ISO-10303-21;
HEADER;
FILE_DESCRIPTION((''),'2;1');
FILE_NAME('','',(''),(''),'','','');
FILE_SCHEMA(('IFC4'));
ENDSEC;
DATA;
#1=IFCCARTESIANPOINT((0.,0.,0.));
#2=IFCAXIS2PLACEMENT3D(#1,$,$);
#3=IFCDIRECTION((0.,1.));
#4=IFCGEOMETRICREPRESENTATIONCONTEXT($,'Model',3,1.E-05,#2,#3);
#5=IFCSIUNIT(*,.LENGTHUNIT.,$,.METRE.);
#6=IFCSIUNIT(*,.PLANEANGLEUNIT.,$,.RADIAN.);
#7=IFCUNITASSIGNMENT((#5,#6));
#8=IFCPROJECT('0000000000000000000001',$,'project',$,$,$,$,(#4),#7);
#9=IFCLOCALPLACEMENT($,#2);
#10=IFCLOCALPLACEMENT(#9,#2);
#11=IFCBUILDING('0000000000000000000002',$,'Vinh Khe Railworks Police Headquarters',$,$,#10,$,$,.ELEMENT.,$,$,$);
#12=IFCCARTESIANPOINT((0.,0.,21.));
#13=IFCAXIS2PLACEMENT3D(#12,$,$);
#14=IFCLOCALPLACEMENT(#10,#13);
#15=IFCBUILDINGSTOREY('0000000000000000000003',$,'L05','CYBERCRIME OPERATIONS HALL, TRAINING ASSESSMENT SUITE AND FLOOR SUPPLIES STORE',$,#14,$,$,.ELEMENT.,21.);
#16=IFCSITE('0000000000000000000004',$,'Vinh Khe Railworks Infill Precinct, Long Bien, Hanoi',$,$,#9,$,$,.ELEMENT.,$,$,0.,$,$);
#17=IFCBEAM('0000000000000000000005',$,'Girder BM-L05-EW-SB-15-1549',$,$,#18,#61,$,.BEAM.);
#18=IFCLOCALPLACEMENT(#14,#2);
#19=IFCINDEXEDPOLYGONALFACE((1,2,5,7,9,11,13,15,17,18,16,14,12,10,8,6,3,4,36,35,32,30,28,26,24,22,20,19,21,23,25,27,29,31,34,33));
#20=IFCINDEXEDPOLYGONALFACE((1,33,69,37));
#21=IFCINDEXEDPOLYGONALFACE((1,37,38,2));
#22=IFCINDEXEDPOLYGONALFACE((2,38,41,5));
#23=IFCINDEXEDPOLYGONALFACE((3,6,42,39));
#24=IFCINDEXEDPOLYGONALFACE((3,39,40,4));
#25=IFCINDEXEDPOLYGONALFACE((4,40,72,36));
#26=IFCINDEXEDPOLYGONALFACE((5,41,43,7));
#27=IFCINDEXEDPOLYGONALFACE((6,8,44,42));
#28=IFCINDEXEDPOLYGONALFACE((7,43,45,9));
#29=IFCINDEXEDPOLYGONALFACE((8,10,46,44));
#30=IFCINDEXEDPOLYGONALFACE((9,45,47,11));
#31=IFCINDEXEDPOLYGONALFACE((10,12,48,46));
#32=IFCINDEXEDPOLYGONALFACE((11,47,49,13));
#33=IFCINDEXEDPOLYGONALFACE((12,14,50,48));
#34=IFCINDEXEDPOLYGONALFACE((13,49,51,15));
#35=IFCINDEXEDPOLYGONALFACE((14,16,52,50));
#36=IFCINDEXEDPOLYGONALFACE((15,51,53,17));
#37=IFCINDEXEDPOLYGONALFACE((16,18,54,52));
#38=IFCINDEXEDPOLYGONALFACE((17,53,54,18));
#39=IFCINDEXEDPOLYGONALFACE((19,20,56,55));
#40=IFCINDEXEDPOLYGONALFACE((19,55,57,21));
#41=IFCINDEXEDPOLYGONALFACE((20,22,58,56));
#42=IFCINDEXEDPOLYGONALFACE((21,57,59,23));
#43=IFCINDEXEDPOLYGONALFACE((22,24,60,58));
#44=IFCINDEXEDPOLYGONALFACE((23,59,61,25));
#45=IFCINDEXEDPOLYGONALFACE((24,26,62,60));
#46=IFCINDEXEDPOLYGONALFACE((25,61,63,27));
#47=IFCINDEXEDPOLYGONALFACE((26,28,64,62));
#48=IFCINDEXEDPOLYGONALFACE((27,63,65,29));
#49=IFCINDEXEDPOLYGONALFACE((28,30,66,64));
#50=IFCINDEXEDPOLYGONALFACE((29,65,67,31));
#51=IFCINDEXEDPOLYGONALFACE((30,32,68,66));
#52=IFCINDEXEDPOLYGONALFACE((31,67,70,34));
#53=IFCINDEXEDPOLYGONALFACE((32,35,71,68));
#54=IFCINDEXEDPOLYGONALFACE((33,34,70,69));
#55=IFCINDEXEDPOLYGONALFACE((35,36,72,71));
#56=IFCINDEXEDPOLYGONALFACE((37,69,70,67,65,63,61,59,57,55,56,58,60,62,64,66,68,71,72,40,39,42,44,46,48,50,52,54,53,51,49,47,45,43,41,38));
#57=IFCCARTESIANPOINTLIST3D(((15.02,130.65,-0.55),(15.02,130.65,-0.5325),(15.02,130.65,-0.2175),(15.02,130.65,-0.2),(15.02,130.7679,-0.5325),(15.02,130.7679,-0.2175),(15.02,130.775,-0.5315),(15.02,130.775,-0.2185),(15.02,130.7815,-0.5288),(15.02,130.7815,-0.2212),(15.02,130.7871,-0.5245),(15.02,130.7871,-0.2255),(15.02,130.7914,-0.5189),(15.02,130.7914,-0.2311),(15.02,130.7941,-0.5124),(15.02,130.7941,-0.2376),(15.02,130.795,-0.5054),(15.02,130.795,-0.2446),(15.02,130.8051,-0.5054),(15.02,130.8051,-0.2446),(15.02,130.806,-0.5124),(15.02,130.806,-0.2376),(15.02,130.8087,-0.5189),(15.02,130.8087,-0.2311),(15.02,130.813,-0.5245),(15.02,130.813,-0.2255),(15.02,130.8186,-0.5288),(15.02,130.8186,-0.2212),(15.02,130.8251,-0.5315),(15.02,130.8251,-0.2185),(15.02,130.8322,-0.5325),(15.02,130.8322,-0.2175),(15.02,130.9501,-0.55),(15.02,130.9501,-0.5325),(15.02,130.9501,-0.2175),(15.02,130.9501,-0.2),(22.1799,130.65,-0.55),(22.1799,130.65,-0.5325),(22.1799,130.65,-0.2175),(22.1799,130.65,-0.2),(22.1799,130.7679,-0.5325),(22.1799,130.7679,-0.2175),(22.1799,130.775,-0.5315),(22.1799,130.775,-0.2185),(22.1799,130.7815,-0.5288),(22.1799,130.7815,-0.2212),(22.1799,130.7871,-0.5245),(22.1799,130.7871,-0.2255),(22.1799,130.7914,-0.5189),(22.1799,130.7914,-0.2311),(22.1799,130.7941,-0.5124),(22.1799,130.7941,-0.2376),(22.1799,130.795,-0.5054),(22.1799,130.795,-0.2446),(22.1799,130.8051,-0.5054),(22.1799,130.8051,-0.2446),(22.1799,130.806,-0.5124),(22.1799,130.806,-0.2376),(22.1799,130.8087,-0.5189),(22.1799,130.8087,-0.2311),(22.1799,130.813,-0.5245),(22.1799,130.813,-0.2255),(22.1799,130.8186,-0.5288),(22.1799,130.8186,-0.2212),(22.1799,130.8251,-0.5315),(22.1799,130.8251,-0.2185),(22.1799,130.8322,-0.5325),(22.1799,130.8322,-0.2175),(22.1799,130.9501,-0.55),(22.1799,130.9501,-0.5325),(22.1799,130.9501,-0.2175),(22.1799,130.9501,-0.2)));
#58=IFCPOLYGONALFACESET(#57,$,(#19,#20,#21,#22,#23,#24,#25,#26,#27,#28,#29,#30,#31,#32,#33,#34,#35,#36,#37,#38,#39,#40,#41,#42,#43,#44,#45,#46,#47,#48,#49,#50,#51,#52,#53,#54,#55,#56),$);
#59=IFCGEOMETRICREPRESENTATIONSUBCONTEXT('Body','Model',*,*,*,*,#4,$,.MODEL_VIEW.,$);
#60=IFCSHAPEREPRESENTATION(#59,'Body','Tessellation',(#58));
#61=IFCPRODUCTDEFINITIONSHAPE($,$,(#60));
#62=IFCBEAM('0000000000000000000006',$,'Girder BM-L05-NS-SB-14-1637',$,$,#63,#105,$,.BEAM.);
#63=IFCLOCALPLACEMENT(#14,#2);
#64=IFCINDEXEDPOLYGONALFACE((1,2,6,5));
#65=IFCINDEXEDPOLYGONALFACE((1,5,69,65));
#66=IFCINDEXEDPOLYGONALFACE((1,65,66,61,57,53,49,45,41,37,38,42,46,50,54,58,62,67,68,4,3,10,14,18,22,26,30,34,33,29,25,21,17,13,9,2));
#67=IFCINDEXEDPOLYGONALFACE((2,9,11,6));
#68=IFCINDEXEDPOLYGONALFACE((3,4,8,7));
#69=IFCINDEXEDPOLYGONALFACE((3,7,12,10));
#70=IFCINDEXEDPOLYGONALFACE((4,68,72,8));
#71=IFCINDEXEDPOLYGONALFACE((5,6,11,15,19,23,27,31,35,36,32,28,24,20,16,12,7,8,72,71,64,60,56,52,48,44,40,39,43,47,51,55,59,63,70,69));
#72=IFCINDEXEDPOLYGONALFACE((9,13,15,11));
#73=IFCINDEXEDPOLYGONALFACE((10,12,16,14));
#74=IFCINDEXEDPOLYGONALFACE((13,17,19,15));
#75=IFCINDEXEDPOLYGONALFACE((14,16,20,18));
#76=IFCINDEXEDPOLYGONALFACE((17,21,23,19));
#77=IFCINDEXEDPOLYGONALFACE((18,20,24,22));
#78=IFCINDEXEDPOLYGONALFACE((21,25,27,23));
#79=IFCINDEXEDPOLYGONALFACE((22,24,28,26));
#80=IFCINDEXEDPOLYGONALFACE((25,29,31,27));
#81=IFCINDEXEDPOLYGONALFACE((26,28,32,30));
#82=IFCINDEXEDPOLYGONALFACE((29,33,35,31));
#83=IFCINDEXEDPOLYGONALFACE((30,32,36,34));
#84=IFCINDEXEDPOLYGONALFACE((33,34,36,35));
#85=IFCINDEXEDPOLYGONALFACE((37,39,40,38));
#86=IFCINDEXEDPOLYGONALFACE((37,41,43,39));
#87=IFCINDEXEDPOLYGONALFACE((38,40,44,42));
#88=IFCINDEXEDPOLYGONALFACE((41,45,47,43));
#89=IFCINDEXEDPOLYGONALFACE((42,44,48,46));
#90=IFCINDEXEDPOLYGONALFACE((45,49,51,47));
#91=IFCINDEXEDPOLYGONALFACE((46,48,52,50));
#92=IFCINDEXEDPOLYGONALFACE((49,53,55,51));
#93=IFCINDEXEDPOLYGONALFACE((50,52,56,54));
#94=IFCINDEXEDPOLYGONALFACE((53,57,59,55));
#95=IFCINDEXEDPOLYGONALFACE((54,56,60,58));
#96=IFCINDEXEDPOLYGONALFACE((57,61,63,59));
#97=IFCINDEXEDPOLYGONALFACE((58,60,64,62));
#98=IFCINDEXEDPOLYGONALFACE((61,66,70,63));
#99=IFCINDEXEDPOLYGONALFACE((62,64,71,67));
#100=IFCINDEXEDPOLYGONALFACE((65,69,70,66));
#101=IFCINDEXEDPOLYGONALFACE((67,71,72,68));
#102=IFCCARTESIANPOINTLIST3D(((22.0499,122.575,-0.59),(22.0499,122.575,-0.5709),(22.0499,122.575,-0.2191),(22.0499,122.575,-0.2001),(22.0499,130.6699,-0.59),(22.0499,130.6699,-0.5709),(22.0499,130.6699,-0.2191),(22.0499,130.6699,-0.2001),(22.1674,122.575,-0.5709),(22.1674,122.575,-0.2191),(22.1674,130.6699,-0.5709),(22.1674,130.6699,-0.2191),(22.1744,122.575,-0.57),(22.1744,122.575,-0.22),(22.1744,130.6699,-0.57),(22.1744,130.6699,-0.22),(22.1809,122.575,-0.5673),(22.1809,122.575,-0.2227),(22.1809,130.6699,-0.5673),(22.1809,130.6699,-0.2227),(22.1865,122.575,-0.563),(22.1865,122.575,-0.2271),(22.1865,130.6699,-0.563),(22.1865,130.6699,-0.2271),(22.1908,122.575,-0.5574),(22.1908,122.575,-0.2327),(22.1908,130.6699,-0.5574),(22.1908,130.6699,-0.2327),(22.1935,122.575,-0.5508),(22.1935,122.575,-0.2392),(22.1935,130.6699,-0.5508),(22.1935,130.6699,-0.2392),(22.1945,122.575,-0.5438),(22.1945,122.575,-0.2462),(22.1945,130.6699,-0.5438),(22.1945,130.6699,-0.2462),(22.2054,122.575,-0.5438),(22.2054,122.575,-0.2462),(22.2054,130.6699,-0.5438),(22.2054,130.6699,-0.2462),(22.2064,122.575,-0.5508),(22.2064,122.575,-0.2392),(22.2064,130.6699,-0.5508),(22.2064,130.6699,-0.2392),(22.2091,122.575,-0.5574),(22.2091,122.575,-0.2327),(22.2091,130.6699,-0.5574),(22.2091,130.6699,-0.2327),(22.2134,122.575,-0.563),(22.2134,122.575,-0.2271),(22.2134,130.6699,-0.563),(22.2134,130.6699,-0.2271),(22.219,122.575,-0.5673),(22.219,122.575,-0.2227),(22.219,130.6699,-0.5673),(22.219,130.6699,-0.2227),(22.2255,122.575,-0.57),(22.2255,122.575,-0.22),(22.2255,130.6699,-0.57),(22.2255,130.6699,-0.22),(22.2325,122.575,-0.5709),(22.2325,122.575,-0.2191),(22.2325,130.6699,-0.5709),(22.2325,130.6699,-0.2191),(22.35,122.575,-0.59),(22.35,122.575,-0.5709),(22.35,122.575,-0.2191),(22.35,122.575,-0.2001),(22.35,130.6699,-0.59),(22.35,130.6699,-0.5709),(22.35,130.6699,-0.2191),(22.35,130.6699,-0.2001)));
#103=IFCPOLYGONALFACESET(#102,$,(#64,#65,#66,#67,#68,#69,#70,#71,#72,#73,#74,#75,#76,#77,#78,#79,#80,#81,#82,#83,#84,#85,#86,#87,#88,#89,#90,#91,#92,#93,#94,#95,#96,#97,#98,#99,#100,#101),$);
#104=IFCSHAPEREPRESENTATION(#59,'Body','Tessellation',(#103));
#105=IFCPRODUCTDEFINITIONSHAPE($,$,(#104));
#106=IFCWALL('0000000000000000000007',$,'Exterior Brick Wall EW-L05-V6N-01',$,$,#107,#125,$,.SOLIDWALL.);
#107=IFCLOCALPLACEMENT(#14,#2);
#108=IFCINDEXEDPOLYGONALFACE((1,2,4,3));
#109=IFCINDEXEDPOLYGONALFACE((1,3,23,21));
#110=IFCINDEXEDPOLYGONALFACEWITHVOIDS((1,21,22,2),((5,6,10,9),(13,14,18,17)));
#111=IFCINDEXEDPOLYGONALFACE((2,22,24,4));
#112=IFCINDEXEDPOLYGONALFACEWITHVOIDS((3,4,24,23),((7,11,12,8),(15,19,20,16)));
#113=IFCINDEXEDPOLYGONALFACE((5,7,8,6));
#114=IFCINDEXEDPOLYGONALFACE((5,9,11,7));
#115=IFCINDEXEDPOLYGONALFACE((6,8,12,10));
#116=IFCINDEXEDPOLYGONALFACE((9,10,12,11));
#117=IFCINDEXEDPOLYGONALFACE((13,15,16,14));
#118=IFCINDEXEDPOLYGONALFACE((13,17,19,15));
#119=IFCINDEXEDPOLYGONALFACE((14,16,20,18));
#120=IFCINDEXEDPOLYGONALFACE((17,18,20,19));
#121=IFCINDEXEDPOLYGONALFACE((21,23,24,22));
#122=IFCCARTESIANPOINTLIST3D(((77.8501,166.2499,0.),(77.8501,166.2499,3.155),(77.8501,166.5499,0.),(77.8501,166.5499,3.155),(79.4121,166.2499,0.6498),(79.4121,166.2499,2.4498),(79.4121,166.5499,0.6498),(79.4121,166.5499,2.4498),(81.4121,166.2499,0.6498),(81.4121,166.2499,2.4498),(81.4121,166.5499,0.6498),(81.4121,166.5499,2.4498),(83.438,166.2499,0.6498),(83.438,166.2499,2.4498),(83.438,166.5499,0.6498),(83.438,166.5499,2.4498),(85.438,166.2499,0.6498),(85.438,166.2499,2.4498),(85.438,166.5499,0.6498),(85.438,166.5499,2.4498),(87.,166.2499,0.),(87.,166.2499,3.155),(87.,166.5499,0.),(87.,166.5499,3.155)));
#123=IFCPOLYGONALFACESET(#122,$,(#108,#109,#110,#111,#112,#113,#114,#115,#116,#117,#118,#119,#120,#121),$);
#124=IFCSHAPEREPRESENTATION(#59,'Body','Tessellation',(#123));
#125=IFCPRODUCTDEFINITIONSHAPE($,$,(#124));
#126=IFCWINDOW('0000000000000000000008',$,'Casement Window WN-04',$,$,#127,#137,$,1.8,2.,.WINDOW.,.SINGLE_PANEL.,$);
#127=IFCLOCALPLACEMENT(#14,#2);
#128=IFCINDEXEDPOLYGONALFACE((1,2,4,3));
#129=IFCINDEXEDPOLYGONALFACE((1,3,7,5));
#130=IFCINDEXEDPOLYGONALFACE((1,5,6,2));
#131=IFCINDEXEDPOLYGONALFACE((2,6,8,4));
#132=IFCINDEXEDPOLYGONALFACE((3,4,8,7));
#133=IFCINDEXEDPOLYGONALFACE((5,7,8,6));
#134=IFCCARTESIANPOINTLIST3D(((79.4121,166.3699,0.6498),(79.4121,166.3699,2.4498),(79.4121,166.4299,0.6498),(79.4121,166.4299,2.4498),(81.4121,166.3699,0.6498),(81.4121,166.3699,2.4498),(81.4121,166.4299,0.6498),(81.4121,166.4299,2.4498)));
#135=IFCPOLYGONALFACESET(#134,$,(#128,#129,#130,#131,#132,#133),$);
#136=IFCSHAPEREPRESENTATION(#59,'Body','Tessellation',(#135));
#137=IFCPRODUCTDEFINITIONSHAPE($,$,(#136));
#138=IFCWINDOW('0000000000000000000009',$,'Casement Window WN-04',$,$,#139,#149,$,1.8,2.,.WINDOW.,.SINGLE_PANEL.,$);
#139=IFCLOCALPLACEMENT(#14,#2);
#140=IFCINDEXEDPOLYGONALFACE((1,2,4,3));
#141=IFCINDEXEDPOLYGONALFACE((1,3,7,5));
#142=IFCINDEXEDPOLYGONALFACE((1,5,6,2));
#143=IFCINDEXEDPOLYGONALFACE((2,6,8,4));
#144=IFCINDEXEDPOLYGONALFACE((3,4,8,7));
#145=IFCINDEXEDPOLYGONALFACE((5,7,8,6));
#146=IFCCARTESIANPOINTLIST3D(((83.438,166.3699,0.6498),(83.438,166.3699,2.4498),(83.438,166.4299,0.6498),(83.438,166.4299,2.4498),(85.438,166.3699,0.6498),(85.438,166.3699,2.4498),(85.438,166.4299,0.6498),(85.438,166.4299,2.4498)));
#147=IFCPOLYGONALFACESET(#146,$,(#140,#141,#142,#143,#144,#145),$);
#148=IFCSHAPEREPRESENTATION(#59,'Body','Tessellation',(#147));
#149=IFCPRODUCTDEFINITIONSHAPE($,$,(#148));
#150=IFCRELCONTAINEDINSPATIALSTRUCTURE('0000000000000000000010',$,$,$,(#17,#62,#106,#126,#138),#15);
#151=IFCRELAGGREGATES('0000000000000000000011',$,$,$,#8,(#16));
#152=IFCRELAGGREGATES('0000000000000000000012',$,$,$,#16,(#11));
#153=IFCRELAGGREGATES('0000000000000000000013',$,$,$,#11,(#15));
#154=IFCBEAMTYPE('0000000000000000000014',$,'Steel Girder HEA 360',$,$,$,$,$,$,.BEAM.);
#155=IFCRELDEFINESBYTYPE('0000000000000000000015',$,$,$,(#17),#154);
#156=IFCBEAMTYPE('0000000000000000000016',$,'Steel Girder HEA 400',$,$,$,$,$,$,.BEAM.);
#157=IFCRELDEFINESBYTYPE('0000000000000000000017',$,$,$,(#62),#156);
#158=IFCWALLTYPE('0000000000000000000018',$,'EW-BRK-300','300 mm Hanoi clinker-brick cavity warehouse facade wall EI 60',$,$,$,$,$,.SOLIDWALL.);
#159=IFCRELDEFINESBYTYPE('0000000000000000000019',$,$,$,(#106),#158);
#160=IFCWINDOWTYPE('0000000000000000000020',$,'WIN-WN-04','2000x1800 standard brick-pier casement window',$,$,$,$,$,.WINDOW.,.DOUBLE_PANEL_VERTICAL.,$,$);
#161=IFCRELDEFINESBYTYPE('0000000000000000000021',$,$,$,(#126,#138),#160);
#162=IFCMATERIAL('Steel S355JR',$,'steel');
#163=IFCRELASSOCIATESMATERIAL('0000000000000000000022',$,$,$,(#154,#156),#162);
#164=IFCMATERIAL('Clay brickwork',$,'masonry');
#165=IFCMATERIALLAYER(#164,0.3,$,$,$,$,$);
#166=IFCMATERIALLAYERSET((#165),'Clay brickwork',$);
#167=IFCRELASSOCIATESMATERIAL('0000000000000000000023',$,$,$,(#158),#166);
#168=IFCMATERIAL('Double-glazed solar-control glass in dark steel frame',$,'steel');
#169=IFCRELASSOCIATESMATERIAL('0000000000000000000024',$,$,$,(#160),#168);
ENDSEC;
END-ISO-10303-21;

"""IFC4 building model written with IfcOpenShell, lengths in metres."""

from ifc_helpers import new_model, si_unit, direction, frame, frame_2d, origin, origin_2d, place, context, subcontext, project, spatial, rectangle, i_section, extrude, material, layer, layer_set, material_profile, profile_set, type_object, element, fill, save


model = new_model("IFC4")

# Units and contexts
model_context = context("Model", 3, precision=1e-05, world=origin(), true_north=direction((0.0, 1.0)))
body_context = subcontext(model_context, "Body", "Model", "MODEL_VIEW")
ifc_project = project(units=[si_unit("LENGTHUNIT", "METRE"), si_unit("PLANEANGLEUNIT", "RADIAN")], contexts=[model_context])

# Site, building, storey
site_placement = place(None, origin())
site = spatial("IfcSite", under=ifc_project, at=site_placement, Name="Vinh Khe Railworks Infill Precinct, Long Bien, Hanoi", CompositionType="ELEMENT", RefElevation=0.0)
building_placement = place(site_placement, origin())
building = spatial("IfcBuilding", under=site, at=building_placement, Name="Vinh Khe Railworks Police Headquarters", CompositionType="ELEMENT")
storey_placement = place(building_placement, frame((0.0, 0.0, 21.0)))
storey = spatial("IfcBuildingStorey", under=building, at=storey_placement, Name="L05", Description="CYBERCRIME OPERATIONS HALL, TRAINING ASSESSMENT SUITE AND FLOOR SUPPLIES STORE", CompositionType="ELEMENT", Elevation=21.0)

# Shared definitions
ifc_material_1 = material(Name="Steel S355JR", Category="steel")

# Beams
ifc_material_profile_1 = material_profile(ifc_material_1, i_section(OverallWidth=0.3, OverallDepth=0.3501, WebThickness=0.01, FlangeThickness=0.0176, FilletRadius=0.0271, at=origin_2d()), Name="HEA 360")
ifc_profile_set_1 = profile_set([ifc_material_profile_1], Name="Steel S355JR")
beam_type_1 = type_object("IfcBeamType", Name="Steel Girder HEA 360", PredefinedType="BEAM", material=ifc_profile_set_1)
beam_1_placement = place(storey_placement, frame((15.02, 130.8, -0.375), z_axis=(1.0, 0.0, 0.0), x_axis=(0.0, 1.0, 0.0)))
element("IfcBeam", 1, at=beam_1_placement, inside=storey, type_object=beam_type_1, Name="Girder BM-L05-EW-SB-15-1549", PredefinedType="BEAM", context=body_context, shape_type="SweptSolid", body=[
    extrude(i_section(OverallWidth=0.3, OverallDepth=0.3501, WebThickness=0.01, FlangeThickness=0.0176, FilletRadius=0.0271, at=origin_2d()), origin(), (0.0, 0.0, 1.0), 7.1599),
])
ifc_material_profile_2 = material_profile(ifc_material_1, i_section(OverallWidth=0.3, OverallDepth=0.3899, WebThickness=0.011, FlangeThickness=0.019, FilletRadius=0.0271, at=origin_2d()), Name="HEA 400")
ifc_profile_set_2 = profile_set([ifc_material_profile_2], Name="Steel S355JR")
beam_type_2 = type_object("IfcBeamType", Name="Steel Girder HEA 400", PredefinedType="BEAM", material=ifc_profile_set_2)
beam_2_placement = place(storey_placement, frame((22.2, 122.575, -0.395), z_axis=(0.0, 1.0, 0.0), x_axis=(-1.0, 0.0, 0.0)))
element("IfcBeam", 2, at=beam_2_placement, inside=storey, type_object=beam_type_2, Name="Girder BM-L05-NS-SB-14-1637", PredefinedType="BEAM", context=body_context, shape_type="SweptSolid", body=[
    extrude(i_section(OverallWidth=0.3, OverallDepth=0.3899, WebThickness=0.011, FlangeThickness=0.019, FilletRadius=0.0271, at=origin_2d()), origin(), (0.0, 0.0, 1.0), 8.095),
])

# Wall, openings, windows
ifc_material_2 = material(Name="Clay brickwork", Category="masonry")
ifc_layer_1 = layer(ifc_material_2, 0.3)
ifc_layer_set_1 = layer_set([ifc_layer_1], Name="Clay brickwork")
wall_type_1 = type_object("IfcWallType", Name="EW-BRK-300", Description="300 mm Hanoi clinker-brick cavity warehouse facade wall EI 60", PredefinedType="SOLIDWALL", material=ifc_layer_set_1)
wall_1_placement = place(storey_placement, frame((77.8501, 166.3999, 0.0), z_axis=(0.0, 0.0, 1.0), x_axis=(1.0, 0.0, 0.0)))
wall_1 = element("IfcWall", 3, at=wall_1_placement, inside=storey, type_object=wall_type_1, Name="Exterior Brick Wall EW-L05-V6N-01", PredefinedType="SOLIDWALL", context=body_context, shape_type="SweptSolid", body=[
    extrude(rectangle(XDim=9.1499, YDim=0.3, at=frame_2d((4.575, 0.0))), origin(), (0.0, 0.0, 1.0), 3.155),
])
opening_1_placement = place(wall_1_placement, frame((1.562, 0.0, 0.6499)))
opening_1 = element("IfcOpeningElement", 4, at=opening_1_placement, cuts=wall_1, PredefinedType="OPENING", context=body_context, shape_type="SweptSolid", body=[
    extrude(rectangle(XDim=2.0, YDim=1.8, at=frame_2d((1.0, 0.8999))), frame((0.0, 0.165, 0.0), z_axis=(0.0, -1.0, 0.0), x_axis=(1.0, 0.0, 0.0)), (0.0, 0.0, 1.0), 0.3298),
])
opening_2_placement = place(wall_1_placement, frame((5.5879, 0.0, 0.6499)))
opening_2 = element("IfcOpeningElement", 5, at=opening_2_placement, cuts=wall_1, PredefinedType="OPENING", context=body_context, shape_type="SweptSolid", body=[
    extrude(rectangle(XDim=2.0, YDim=1.8, at=frame_2d((1.0, 0.8999))), frame((0.0, 0.165, 0.0), z_axis=(0.0, -1.0, 0.0), x_axis=(1.0, 0.0, 0.0)), (0.0, 0.0, 1.0), 0.3298),
])
ifc_material_3 = material(Name="Double-glazed solar-control glass in dark steel frame", Category="steel")
window_type_1 = type_object("IfcWindowType", Name="WIN-WN-04", Description="2000x1800 standard brick-pier casement window", PartitioningType="DOUBLE_PANEL_VERTICAL", PredefinedType="WINDOW", material=ifc_material_3)
window_1_placement = place(opening_1_placement, origin())
window_1 = element("IfcWindow", 6, at=window_1_placement, inside=storey, type_object=window_type_1, Name="Casement Window WN-04", OverallHeight=1.8, OverallWidth=2.0, PartitioningType="SINGLE_PANEL", PredefinedType="WINDOW", context=body_context, shape_type="SweptSolid", body=[
    extrude(rectangle(XDim=2.0, YDim=1.8, at=frame_2d((1.0, 0.8999))), frame((0.0, 0.03, 0.0), z_axis=(0.0, -1.0, 0.0), x_axis=(1.0, 0.0, 0.0)), (0.0, 0.0, 1.0), 0.0601),
])
fill(opening_1, window_1)
window_2_placement = place(opening_2_placement, origin())
window_2 = element("IfcWindow", 7, at=window_2_placement, inside=storey, type_object=window_type_1, Name="Casement Window WN-04", OverallHeight=1.8, OverallWidth=2.0, PartitioningType="SINGLE_PANEL", PredefinedType="WINDOW", context=body_context, shape_type="SweptSolid", body=[
    extrude(rectangle(XDim=2.0, YDim=1.8, at=frame_2d((1.0, 0.8999))), frame((0.0, 0.03, 0.0), z_axis=(0.0, -1.0, 0.0), x_axis=(1.0, 0.0, 0.0)), (0.0, 0.0, 1.0), 0.0601),
])
fill(opening_2, window_2)

save(model, "model.ifc")
